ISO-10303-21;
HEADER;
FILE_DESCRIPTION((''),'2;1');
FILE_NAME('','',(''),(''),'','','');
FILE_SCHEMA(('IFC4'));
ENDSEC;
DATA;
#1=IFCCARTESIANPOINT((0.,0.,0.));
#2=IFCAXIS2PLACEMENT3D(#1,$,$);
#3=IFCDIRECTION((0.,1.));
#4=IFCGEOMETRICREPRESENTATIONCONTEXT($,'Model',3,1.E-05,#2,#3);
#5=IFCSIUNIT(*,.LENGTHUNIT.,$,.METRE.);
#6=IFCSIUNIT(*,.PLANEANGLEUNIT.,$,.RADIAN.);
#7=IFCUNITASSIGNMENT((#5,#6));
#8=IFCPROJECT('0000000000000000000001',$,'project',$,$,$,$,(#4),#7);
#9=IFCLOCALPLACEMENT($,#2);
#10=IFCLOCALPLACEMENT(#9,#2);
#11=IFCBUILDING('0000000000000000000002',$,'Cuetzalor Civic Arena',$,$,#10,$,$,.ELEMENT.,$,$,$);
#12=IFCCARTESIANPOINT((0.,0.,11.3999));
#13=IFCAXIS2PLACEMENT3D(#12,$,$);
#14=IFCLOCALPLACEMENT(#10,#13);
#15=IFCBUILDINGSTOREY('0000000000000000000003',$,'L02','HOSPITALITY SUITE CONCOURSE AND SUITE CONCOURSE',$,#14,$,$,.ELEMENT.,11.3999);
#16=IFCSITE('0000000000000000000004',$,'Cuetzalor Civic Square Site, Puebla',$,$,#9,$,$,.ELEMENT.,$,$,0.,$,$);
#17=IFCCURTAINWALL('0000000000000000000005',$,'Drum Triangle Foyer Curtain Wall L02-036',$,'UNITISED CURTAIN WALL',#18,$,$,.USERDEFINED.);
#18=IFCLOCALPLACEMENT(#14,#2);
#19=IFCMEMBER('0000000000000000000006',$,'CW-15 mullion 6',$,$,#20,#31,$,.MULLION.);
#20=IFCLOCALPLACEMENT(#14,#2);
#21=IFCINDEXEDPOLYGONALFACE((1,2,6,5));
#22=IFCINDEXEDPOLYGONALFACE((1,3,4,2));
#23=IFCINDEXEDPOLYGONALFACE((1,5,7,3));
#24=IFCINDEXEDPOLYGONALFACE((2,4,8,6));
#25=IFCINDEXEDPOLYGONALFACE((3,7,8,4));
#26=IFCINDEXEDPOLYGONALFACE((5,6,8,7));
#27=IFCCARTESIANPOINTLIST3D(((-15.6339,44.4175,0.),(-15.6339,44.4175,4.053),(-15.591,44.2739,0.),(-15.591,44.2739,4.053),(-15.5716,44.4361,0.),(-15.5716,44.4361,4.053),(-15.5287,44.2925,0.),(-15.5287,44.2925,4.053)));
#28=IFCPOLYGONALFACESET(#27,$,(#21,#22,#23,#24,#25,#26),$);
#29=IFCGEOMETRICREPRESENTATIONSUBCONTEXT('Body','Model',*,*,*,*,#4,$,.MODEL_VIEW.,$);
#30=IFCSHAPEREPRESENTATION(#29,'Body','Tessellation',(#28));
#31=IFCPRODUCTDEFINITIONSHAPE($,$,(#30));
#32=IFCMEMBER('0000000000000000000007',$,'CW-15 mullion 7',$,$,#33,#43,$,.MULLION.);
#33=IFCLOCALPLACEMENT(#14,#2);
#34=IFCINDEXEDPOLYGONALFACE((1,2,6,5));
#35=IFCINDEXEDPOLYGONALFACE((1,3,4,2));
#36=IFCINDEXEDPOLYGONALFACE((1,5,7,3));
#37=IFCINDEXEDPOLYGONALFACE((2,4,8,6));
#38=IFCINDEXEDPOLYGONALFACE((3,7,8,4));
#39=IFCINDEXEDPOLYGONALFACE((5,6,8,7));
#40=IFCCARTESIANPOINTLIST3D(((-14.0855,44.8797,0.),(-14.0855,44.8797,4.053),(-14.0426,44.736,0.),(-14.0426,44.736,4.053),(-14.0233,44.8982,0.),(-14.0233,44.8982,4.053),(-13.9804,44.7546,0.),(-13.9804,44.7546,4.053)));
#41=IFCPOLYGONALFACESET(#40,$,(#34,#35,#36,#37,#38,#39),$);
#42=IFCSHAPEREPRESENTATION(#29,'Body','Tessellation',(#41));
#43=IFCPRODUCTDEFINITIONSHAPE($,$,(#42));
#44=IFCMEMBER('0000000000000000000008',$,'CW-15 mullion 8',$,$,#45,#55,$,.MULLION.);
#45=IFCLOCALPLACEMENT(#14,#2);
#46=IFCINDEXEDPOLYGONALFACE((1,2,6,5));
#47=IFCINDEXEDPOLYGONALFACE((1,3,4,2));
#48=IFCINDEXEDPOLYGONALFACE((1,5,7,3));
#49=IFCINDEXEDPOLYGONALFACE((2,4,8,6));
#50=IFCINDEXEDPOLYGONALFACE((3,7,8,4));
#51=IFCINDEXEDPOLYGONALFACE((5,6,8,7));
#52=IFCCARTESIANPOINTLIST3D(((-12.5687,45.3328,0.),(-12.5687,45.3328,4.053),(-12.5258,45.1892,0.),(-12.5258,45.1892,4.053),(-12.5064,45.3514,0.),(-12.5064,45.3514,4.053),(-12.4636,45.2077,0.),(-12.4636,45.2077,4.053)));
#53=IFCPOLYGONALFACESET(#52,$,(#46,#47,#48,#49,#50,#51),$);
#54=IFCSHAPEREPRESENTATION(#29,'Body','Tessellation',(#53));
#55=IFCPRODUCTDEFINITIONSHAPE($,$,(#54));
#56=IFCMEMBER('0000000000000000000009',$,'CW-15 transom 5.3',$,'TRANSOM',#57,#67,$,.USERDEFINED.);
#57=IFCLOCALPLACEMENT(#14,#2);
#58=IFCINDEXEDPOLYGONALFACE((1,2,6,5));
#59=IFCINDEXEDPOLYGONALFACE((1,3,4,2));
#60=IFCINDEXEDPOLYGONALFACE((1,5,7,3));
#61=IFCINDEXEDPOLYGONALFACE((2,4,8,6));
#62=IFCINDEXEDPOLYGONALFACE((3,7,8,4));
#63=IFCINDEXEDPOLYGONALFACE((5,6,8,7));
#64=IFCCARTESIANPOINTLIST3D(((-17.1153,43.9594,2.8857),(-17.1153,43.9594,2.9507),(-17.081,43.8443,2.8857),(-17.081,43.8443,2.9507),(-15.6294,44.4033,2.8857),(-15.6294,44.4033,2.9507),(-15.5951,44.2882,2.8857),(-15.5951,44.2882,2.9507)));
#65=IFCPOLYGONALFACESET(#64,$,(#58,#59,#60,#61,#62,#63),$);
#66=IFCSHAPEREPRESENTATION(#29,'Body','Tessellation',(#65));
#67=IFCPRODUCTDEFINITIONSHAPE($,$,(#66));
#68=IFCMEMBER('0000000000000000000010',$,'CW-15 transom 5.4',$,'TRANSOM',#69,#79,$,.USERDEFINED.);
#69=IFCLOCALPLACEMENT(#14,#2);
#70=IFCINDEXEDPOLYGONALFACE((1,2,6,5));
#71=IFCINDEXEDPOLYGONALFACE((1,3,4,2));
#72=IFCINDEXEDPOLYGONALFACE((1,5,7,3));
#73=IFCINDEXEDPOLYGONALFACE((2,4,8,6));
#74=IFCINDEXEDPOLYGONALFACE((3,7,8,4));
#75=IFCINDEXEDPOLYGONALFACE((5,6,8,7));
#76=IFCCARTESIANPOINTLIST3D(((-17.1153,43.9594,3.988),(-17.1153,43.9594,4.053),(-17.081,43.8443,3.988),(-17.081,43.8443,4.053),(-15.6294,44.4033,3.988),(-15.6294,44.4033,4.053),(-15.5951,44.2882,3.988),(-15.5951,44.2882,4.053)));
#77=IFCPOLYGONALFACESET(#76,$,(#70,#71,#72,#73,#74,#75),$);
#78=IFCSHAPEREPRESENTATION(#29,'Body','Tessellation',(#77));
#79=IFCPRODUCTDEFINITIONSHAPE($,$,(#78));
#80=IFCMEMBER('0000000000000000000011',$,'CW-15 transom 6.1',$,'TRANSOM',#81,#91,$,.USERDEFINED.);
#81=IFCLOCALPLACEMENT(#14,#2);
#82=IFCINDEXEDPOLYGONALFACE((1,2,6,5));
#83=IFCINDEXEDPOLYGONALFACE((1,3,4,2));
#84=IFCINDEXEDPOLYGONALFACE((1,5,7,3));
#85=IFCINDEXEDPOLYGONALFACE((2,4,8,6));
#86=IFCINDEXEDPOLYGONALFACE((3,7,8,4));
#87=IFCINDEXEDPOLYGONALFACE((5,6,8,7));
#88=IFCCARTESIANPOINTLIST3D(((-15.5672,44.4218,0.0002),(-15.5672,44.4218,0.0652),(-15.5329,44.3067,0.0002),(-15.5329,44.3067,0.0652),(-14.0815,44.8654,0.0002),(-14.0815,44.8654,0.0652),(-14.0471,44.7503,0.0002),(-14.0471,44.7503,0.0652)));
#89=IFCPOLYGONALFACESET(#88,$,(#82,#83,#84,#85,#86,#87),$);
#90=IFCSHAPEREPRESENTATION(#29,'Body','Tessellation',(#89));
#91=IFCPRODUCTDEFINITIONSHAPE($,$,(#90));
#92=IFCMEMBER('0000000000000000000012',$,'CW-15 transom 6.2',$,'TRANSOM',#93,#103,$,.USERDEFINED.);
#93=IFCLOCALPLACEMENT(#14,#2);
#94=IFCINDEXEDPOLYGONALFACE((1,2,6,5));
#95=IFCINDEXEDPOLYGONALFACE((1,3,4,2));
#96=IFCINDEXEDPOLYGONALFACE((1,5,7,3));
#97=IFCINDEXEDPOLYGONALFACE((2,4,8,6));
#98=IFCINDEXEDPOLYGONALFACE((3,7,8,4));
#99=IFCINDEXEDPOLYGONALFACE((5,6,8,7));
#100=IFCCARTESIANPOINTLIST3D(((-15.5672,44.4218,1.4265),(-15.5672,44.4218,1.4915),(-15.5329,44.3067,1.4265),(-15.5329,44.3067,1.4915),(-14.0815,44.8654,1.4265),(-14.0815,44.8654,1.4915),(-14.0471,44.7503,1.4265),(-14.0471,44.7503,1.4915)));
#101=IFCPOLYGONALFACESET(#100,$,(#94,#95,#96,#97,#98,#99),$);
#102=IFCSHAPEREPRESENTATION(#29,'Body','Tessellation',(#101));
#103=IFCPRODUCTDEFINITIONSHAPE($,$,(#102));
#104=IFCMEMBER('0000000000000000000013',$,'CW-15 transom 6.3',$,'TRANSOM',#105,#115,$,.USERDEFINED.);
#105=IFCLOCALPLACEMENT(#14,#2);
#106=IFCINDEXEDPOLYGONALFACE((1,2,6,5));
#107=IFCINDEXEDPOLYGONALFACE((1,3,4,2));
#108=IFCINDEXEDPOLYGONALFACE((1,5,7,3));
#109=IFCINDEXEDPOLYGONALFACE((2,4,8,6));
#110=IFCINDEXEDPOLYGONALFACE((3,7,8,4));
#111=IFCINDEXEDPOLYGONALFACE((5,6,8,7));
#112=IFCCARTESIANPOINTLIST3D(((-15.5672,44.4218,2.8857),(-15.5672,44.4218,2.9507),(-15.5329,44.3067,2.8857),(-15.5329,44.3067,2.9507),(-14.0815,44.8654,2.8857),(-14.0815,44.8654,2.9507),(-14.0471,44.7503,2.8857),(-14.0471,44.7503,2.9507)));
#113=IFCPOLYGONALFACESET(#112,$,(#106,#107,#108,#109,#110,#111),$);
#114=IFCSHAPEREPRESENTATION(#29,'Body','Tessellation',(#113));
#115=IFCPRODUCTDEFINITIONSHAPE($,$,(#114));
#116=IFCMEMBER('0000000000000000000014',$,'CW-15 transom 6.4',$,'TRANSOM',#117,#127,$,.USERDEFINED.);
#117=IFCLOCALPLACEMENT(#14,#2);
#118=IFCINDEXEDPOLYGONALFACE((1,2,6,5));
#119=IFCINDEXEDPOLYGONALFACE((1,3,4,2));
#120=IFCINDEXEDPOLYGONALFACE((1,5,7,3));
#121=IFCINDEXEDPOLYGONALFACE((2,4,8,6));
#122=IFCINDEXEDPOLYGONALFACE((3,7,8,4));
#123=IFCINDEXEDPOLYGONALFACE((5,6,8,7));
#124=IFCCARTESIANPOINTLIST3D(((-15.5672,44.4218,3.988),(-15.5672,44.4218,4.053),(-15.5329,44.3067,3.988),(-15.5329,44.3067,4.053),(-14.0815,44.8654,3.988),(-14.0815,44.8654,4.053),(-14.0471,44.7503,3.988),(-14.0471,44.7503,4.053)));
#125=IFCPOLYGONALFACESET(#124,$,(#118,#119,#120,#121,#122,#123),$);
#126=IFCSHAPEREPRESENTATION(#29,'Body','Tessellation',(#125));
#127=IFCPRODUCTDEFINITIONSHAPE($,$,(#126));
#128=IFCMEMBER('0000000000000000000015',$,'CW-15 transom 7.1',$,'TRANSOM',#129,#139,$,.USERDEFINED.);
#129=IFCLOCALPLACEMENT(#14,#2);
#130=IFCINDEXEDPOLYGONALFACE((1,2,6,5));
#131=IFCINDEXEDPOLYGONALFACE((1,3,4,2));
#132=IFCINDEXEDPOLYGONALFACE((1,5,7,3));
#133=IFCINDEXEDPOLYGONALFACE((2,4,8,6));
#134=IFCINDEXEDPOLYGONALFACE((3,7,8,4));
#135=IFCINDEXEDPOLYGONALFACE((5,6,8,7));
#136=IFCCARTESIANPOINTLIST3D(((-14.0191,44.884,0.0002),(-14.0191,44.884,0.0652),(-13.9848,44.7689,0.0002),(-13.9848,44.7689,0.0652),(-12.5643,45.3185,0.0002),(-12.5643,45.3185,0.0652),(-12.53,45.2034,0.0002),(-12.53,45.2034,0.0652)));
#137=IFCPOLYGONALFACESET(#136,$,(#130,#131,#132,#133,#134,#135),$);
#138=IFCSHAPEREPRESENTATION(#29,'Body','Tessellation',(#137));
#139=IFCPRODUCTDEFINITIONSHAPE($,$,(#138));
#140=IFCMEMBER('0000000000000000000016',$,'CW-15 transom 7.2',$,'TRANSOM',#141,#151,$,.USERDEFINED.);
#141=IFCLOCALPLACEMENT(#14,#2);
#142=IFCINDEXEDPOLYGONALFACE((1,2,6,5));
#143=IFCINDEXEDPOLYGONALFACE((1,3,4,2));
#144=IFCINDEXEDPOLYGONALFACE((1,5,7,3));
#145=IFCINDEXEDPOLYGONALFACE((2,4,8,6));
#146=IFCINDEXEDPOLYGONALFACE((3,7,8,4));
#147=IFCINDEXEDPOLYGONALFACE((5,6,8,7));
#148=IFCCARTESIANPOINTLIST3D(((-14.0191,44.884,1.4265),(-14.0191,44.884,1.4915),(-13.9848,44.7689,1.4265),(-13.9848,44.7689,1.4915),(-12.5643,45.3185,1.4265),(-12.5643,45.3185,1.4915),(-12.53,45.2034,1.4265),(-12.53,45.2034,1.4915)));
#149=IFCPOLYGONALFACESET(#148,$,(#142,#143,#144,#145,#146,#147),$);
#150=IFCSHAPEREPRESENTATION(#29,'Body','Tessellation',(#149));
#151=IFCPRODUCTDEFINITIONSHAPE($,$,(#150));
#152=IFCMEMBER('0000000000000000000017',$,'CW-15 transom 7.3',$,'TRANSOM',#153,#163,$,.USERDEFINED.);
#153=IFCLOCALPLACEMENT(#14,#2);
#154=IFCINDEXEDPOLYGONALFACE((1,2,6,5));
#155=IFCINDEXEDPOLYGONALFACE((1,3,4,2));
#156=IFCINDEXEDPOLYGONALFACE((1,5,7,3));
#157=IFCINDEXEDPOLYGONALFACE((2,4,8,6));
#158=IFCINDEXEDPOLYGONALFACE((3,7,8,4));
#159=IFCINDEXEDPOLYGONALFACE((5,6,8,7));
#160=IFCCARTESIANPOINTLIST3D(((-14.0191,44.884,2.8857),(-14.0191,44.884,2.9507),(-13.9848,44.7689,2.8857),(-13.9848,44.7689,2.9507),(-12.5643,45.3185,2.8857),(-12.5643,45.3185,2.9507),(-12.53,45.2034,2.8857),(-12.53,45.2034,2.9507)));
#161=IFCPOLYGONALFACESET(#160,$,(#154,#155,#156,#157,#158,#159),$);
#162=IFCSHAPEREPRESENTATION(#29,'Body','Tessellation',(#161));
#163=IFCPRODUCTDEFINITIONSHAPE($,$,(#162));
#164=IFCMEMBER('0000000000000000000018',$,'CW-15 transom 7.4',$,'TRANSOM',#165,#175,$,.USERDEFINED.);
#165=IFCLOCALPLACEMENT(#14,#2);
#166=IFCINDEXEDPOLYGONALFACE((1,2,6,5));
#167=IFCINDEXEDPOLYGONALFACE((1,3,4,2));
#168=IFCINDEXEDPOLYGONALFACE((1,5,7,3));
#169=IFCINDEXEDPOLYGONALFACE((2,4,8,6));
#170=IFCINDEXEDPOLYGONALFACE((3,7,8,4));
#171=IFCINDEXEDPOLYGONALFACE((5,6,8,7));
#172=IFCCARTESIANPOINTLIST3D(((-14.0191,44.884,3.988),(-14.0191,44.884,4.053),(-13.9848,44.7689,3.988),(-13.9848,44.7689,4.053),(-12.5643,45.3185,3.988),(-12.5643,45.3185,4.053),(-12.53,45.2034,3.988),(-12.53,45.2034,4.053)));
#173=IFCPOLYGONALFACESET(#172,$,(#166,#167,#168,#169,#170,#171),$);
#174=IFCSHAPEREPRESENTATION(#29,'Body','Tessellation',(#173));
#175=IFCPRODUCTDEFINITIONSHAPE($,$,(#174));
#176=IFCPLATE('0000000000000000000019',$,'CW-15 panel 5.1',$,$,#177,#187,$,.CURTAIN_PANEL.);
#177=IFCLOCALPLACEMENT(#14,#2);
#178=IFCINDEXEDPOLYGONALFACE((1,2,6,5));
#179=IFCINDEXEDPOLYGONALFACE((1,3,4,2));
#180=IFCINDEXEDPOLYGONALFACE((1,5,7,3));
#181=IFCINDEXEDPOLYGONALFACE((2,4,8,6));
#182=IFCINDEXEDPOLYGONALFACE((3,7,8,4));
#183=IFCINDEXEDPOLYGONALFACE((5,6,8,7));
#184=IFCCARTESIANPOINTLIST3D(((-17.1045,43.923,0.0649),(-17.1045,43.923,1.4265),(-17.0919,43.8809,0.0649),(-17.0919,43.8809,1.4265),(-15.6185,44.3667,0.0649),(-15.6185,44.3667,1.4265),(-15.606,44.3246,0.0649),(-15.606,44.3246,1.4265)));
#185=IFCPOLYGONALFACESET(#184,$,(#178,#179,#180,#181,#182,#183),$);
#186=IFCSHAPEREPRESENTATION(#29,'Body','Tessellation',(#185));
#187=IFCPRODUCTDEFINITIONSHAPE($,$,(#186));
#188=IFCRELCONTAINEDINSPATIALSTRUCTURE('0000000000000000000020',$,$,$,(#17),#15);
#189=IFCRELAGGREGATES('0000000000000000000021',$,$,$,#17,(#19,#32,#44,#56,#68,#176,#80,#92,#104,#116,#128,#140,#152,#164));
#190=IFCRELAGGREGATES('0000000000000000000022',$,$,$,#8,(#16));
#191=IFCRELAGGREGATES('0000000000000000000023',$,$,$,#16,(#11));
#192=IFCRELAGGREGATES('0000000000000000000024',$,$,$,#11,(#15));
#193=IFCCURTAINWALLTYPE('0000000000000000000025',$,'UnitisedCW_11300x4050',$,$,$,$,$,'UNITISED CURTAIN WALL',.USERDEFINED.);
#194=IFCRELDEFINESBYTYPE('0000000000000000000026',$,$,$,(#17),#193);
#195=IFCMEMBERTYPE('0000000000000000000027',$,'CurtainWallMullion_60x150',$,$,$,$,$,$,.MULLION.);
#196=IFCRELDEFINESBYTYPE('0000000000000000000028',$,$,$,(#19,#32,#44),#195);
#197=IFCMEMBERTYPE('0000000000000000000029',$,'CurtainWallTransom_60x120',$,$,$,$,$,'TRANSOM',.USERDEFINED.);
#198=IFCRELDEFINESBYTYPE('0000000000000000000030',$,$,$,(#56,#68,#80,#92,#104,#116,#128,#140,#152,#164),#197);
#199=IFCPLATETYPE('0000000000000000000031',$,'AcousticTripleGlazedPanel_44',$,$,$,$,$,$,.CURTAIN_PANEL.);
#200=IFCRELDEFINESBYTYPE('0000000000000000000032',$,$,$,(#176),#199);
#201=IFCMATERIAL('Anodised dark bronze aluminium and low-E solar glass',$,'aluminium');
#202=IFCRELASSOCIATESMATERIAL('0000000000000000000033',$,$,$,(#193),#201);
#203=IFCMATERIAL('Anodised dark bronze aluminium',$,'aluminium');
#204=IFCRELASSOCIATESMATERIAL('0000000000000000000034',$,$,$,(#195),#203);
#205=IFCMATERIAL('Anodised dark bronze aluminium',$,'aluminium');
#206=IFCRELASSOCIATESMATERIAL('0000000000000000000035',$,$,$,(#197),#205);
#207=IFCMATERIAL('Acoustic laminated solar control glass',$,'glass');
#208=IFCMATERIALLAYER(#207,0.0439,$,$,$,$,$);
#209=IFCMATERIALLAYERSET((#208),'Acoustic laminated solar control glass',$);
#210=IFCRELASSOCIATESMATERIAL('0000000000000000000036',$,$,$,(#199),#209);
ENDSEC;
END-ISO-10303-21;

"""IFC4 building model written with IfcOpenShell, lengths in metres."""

from ifc_helpers import new_model, si_unit, direction, frame, origin, origin_2d, place, context, subcontext, project, spatial, rectangle, extrude, material, layer, layer_set, material_profile, profile_set, type_object, element, aggregate, save


model = new_model("IFC4")

# Units and contexts
model_context = context("Model", 3, precision=1e-05, world=origin(), true_north=direction((0.0, 1.0)))
body_context = subcontext(model_context, "Body", "Model", "MODEL_VIEW")
ifc_project = project(units=[si_unit("LENGTHUNIT", "METRE"), si_unit("PLANEANGLEUNIT", "RADIAN")], contexts=[model_context])

# Site, building, storey
site_placement = place(None, origin())
site = spatial("IfcSite", under=ifc_project, at=site_placement, Name="Cuetzalor Civic Square Site, Puebla", CompositionType="ELEMENT", RefElevation=0.0)
building_placement = place(site_placement, origin())
building = spatial("IfcBuilding", under=site, at=building_placement, Name="Cuetzalor Civic Arena", CompositionType="ELEMENT")
storey_placement = place(building_placement, frame((0.0, 0.0, 11.3999)))
storey = spatial("IfcBuildingStorey", under=building, at=storey_placement, Name="L02", Description="HOSPITALITY SUITE CONCOURSE AND SUITE CONCOURSE", CompositionType="ELEMENT", Elevation=11.3999)

# Curtain wall, members, plate
ifc_material_1 = material(Name="Anodised dark bronze aluminium and low-E solar glass", Category="aluminium")
curtain_wall_type = type_object("IfcCurtainWallType", Name="UnitisedCW_11300x4050", ElementType="UNITISED CURTAIN WALL", PredefinedType="USERDEFINED", material=ifc_material_1)
curtain_wall_placement = place(storey_placement, origin())
curtain_wall = element("IfcCurtainWall", 1, at=curtain_wall_placement, inside=storey, type_object=curtain_wall_type, Name="Drum Triangle Foyer Curtain Wall L02-036", ObjectType="UNITISED CURTAIN WALL", PredefinedType="USERDEFINED")
ifc_material_2 = material(Name="Anodised dark bronze aluminium", Category="aluminium")
ifc_material_profile_1 = material_profile(ifc_material_2, rectangle(XDim=0.0649, YDim=0.1499, at=origin_2d()), Name="ALU MULLION 65x150")
ifc_profile_set_1 = profile_set([ifc_material_profile_1], Name="Anodised dark bronze aluminium")
member_type_1 = type_object("IfcMemberType", Name="CurtainWallMullion_60x150", PredefinedType="MULLION", material=ifc_profile_set_1)
member_1_placement = place(storey_placement, frame((-15.5813, 44.355, 0.0), z_axis=(0.0, 0.0, 1.0), x_axis=(0.958194, 0.28612, 0.0)))
member_1 = element("IfcMember", 2, at=member_1_placement, type_object=member_type_1, Name="CW-15 mullion 6", PredefinedType="MULLION", context=body_context, shape_type="SweptSolid", body=[
    extrude(rectangle(XDim=0.0649, YDim=0.1499, at=origin_2d()), origin(), (0.0, 0.0, 1.0), 4.053),
])
member_2_placement = place(storey_placement, frame((-14.033, 44.8171, 0.0), z_axis=(0.0, 0.0, 1.0), x_axis=(0.958194, 0.28612, 0.0)))
member_2 = element("IfcMember", 3, at=member_2_placement, type_object=member_type_1, Name="CW-15 mullion 7", PredefinedType="MULLION", context=body_context, shape_type="SweptSolid", body=[
    extrude(rectangle(XDim=0.0649, YDim=0.1499, at=origin_2d()), origin(), (0.0, 0.0, 1.0), 4.053),
])
member_3_placement = place(storey_placement, frame((-12.5161, 45.2703, 0.0), z_axis=(0.0, 0.0, 1.0), x_axis=(0.958194, 0.28612, 0.0)))
member_3 = element("IfcMember", 4, at=member_3_placement, type_object=member_type_1, Name="CW-15 mullion 8", PredefinedType="MULLION", context=body_context, shape_type="SweptSolid", body=[
    extrude(rectangle(XDim=0.0649, YDim=0.1499, at=origin_2d()), origin(), (0.0, 0.0, 1.0), 4.053),
])
ifc_material_3 = material(Name="Anodised dark bronze aluminium", Category="aluminium")
ifc_material_profile_2 = material_profile(ifc_material_3, rectangle(XDim=0.1201, YDim=0.0649, at=origin_2d()), Name="ALU TRANSOM 65x120")
ifc_profile_set_2 = profile_set([ifc_material_profile_2], Name="Anodised dark bronze aluminium")
member_type_2 = type_object("IfcMemberType", Name="CurtainWallTransom_60x120", ElementType="TRANSOM", PredefinedType="USERDEFINED", material=ifc_profile_set_2)
member_4_placement = place(storey_placement, frame((-17.0981, 43.9019, 2.9182), z_axis=(0.958164, 0.286221, 0.0), x_axis=(-0.286221, 0.958164, 0.0)))
member_4 = element("IfcMember", 5, at=member_4_placement, type_object=member_type_2, Name="CW-15 transom 5.3", ObjectType="TRANSOM", PredefinedType="USERDEFINED", context=body_context, shape_type="SweptSolid", body=[
    extrude(rectangle(XDim=0.1201, YDim=0.0649, at=origin_2d()), origin(), (0.0, 0.0, 1.0), 1.5508),
])
member_5_placement = place(storey_placement, frame((-17.0981, 43.9019, 4.0205), z_axis=(0.958164, 0.286221, 0.0), x_axis=(-0.286221, 0.958164, 0.0)))
member_5 = element("IfcMember", 6, at=member_5_placement, type_object=member_type_2, Name="CW-15 transom 5.4", ObjectType="TRANSOM", PredefinedType="USERDEFINED", context=body_context, shape_type="SweptSolid", body=[
    extrude(rectangle(XDim=0.1201, YDim=0.0649, at=origin_2d()), origin(), (0.0, 0.0, 1.0), 1.5508),
])
member_6_placement = place(storey_placement, frame((-15.55, 44.3643, 0.0327), z_axis=(0.958207, 0.286077, 0.0), x_axis=(-0.286077, 0.958207, 0.0)))
member_6 = element("IfcMember", 7, at=member_6_placement, type_object=member_type_2, Name="CW-15 transom 6.1", ObjectType="TRANSOM", PredefinedType="USERDEFINED", context=body_context, shape_type="SweptSolid", body=[
    extrude(rectangle(XDim=0.1201, YDim=0.0649, at=origin_2d()), origin(), (0.0, 0.0, 1.0), 1.5505),
])
member_7_placement = place(storey_placement, frame((-15.55, 44.3643, 1.459), z_axis=(0.958207, 0.286077, 0.0), x_axis=(-0.286077, 0.958207, 0.0)))
member_7 = element("IfcMember", 8, at=member_7_placement, type_object=member_type_2, Name="CW-15 transom 6.2", ObjectType="TRANSOM", PredefinedType="USERDEFINED", context=body_context, shape_type="SweptSolid", body=[
    extrude(rectangle(XDim=0.1201, YDim=0.0649, at=origin_2d()), origin(), (0.0, 0.0, 1.0), 1.5505),
])
member_8_placement = place(storey_placement, frame((-15.55, 44.3643, 2.9182), z_axis=(0.958207, 0.286077, 0.0), x_axis=(-0.286077, 0.958207, 0.0)))
member_8 = element("IfcMember", 9, at=member_8_placement, type_object=member_type_2, Name="CW-15 transom 6.3", ObjectType="TRANSOM", PredefinedType="USERDEFINED", context=body_context, shape_type="SweptSolid", body=[
    extrude(rectangle(XDim=0.1201, YDim=0.0649, at=origin_2d()), origin(), (0.0, 0.0, 1.0), 1.5505),
])
member_9_placement = place(storey_placement, frame((-15.55, 44.3643, 4.0205), z_axis=(0.958207, 0.286077, 0.0), x_axis=(-0.286077, 0.958207, 0.0)))
member_9 = element("IfcMember", 10, at=member_9_placement, type_object=member_type_2, Name="CW-15 transom 6.4", ObjectType="TRANSOM", PredefinedType="USERDEFINED", context=body_context, shape_type="SweptSolid", body=[
    extrude(rectangle(XDim=0.1201, YDim=0.0649, at=origin_2d()), origin(), (0.0, 0.0, 1.0), 1.5505),
])
member_10_placement = place(storey_placement, frame((-14.002, 44.8264, 0.0327), z_axis=(0.958166, 0.286212, 0.0), x_axis=(-0.286212, 0.958166, 0.0)))
member_10 = element("IfcMember", 11, at=member_10_placement, type_object=member_type_2, Name="CW-15 transom 7.1", ObjectType="TRANSOM", PredefinedType="USERDEFINED", context=body_context, shape_type="SweptSolid", body=[
    extrude(rectangle(XDim=0.1201, YDim=0.0649, at=origin_2d()), origin(), (0.0, 0.0, 1.0), 1.5183),
])
member_11_placement = place(storey_placement, frame((-14.002, 44.8264, 1.459), z_axis=(0.958166, 0.286212, 0.0), x_axis=(-0.286212, 0.958166, 0.0)))
member_11 = element("IfcMember", 12, at=member_11_placement, type_object=member_type_2, Name="CW-15 transom 7.2", ObjectType="TRANSOM", PredefinedType="USERDEFINED", context=body_context, shape_type="SweptSolid", body=[
    extrude(rectangle(XDim=0.1201, YDim=0.0649, at=origin_2d()), origin(), (0.0, 0.0, 1.0), 1.5183),
])
member_12_placement = place(storey_placement, frame((-14.002, 44.8264, 2.9182), z_axis=(0.958166, 0.286212, 0.0), x_axis=(-0.286212, 0.958166, 0.0)))
member_12 = element("IfcMember", 13, at=member_12_placement, type_object=member_type_2, Name="CW-15 transom 7.3", ObjectType="TRANSOM", PredefinedType="USERDEFINED", context=body_context, shape_type="SweptSolid", body=[
    extrude(rectangle(XDim=0.1201, YDim=0.0649, at=origin_2d()), origin(), (0.0, 0.0, 1.0), 1.5183),
])
member_13_placement = place(storey_placement, frame((-14.002, 44.8264, 4.0205), z_axis=(0.958166, 0.286212, 0.0), x_axis=(-0.286212, 0.958166, 0.0)))
member_13 = element("IfcMember", 14, at=member_13_placement, type_object=member_type_2, Name="CW-15 transom 7.4", ObjectType="TRANSOM", PredefinedType="USERDEFINED", context=body_context, shape_type="SweptSolid", body=[
    extrude(rectangle(XDim=0.1201, YDim=0.0649, at=origin_2d()), origin(), (0.0, 0.0, 1.0), 1.5183),
])
ifc_material_4 = material(Name="Acoustic laminated solar control glass", Category="glass")
ifc_layer = layer(ifc_material_4, 0.0439)
ifc_layer_set = layer_set([ifc_layer], Name="Acoustic laminated solar control glass")
plate_type = type_object("IfcPlateType", Name="AcousticTripleGlazedPanel_44", PredefinedType="CURTAIN_PANEL", material=ifc_layer_set)
plate_1_placement = place(storey_placement, frame((-16.3552, 44.1238, 0.0649), z_axis=(0.0, 0.0, 1.0), x_axis=(0.958194, 0.28612, 0.0)))
plate_1 = element("IfcPlate", 15, at=plate_1_placement, type_object=plate_type, Name="CW-15 panel 5.1", PredefinedType="CURTAIN_PANEL", context=body_context, shape_type="SweptSolid", body=[
    extrude(rectangle(XDim=1.5508, YDim=0.0439, at=origin_2d()), origin(), (0.0, 0.0, 1.0), 1.3616),
])
aggregate(curtain_wall, [member_1, member_2, member_3, member_4, member_5, plate_1, member_6, member_7, member_8, member_9, member_10, member_11, member_12, member_13])

save(model, "model.ifc")
